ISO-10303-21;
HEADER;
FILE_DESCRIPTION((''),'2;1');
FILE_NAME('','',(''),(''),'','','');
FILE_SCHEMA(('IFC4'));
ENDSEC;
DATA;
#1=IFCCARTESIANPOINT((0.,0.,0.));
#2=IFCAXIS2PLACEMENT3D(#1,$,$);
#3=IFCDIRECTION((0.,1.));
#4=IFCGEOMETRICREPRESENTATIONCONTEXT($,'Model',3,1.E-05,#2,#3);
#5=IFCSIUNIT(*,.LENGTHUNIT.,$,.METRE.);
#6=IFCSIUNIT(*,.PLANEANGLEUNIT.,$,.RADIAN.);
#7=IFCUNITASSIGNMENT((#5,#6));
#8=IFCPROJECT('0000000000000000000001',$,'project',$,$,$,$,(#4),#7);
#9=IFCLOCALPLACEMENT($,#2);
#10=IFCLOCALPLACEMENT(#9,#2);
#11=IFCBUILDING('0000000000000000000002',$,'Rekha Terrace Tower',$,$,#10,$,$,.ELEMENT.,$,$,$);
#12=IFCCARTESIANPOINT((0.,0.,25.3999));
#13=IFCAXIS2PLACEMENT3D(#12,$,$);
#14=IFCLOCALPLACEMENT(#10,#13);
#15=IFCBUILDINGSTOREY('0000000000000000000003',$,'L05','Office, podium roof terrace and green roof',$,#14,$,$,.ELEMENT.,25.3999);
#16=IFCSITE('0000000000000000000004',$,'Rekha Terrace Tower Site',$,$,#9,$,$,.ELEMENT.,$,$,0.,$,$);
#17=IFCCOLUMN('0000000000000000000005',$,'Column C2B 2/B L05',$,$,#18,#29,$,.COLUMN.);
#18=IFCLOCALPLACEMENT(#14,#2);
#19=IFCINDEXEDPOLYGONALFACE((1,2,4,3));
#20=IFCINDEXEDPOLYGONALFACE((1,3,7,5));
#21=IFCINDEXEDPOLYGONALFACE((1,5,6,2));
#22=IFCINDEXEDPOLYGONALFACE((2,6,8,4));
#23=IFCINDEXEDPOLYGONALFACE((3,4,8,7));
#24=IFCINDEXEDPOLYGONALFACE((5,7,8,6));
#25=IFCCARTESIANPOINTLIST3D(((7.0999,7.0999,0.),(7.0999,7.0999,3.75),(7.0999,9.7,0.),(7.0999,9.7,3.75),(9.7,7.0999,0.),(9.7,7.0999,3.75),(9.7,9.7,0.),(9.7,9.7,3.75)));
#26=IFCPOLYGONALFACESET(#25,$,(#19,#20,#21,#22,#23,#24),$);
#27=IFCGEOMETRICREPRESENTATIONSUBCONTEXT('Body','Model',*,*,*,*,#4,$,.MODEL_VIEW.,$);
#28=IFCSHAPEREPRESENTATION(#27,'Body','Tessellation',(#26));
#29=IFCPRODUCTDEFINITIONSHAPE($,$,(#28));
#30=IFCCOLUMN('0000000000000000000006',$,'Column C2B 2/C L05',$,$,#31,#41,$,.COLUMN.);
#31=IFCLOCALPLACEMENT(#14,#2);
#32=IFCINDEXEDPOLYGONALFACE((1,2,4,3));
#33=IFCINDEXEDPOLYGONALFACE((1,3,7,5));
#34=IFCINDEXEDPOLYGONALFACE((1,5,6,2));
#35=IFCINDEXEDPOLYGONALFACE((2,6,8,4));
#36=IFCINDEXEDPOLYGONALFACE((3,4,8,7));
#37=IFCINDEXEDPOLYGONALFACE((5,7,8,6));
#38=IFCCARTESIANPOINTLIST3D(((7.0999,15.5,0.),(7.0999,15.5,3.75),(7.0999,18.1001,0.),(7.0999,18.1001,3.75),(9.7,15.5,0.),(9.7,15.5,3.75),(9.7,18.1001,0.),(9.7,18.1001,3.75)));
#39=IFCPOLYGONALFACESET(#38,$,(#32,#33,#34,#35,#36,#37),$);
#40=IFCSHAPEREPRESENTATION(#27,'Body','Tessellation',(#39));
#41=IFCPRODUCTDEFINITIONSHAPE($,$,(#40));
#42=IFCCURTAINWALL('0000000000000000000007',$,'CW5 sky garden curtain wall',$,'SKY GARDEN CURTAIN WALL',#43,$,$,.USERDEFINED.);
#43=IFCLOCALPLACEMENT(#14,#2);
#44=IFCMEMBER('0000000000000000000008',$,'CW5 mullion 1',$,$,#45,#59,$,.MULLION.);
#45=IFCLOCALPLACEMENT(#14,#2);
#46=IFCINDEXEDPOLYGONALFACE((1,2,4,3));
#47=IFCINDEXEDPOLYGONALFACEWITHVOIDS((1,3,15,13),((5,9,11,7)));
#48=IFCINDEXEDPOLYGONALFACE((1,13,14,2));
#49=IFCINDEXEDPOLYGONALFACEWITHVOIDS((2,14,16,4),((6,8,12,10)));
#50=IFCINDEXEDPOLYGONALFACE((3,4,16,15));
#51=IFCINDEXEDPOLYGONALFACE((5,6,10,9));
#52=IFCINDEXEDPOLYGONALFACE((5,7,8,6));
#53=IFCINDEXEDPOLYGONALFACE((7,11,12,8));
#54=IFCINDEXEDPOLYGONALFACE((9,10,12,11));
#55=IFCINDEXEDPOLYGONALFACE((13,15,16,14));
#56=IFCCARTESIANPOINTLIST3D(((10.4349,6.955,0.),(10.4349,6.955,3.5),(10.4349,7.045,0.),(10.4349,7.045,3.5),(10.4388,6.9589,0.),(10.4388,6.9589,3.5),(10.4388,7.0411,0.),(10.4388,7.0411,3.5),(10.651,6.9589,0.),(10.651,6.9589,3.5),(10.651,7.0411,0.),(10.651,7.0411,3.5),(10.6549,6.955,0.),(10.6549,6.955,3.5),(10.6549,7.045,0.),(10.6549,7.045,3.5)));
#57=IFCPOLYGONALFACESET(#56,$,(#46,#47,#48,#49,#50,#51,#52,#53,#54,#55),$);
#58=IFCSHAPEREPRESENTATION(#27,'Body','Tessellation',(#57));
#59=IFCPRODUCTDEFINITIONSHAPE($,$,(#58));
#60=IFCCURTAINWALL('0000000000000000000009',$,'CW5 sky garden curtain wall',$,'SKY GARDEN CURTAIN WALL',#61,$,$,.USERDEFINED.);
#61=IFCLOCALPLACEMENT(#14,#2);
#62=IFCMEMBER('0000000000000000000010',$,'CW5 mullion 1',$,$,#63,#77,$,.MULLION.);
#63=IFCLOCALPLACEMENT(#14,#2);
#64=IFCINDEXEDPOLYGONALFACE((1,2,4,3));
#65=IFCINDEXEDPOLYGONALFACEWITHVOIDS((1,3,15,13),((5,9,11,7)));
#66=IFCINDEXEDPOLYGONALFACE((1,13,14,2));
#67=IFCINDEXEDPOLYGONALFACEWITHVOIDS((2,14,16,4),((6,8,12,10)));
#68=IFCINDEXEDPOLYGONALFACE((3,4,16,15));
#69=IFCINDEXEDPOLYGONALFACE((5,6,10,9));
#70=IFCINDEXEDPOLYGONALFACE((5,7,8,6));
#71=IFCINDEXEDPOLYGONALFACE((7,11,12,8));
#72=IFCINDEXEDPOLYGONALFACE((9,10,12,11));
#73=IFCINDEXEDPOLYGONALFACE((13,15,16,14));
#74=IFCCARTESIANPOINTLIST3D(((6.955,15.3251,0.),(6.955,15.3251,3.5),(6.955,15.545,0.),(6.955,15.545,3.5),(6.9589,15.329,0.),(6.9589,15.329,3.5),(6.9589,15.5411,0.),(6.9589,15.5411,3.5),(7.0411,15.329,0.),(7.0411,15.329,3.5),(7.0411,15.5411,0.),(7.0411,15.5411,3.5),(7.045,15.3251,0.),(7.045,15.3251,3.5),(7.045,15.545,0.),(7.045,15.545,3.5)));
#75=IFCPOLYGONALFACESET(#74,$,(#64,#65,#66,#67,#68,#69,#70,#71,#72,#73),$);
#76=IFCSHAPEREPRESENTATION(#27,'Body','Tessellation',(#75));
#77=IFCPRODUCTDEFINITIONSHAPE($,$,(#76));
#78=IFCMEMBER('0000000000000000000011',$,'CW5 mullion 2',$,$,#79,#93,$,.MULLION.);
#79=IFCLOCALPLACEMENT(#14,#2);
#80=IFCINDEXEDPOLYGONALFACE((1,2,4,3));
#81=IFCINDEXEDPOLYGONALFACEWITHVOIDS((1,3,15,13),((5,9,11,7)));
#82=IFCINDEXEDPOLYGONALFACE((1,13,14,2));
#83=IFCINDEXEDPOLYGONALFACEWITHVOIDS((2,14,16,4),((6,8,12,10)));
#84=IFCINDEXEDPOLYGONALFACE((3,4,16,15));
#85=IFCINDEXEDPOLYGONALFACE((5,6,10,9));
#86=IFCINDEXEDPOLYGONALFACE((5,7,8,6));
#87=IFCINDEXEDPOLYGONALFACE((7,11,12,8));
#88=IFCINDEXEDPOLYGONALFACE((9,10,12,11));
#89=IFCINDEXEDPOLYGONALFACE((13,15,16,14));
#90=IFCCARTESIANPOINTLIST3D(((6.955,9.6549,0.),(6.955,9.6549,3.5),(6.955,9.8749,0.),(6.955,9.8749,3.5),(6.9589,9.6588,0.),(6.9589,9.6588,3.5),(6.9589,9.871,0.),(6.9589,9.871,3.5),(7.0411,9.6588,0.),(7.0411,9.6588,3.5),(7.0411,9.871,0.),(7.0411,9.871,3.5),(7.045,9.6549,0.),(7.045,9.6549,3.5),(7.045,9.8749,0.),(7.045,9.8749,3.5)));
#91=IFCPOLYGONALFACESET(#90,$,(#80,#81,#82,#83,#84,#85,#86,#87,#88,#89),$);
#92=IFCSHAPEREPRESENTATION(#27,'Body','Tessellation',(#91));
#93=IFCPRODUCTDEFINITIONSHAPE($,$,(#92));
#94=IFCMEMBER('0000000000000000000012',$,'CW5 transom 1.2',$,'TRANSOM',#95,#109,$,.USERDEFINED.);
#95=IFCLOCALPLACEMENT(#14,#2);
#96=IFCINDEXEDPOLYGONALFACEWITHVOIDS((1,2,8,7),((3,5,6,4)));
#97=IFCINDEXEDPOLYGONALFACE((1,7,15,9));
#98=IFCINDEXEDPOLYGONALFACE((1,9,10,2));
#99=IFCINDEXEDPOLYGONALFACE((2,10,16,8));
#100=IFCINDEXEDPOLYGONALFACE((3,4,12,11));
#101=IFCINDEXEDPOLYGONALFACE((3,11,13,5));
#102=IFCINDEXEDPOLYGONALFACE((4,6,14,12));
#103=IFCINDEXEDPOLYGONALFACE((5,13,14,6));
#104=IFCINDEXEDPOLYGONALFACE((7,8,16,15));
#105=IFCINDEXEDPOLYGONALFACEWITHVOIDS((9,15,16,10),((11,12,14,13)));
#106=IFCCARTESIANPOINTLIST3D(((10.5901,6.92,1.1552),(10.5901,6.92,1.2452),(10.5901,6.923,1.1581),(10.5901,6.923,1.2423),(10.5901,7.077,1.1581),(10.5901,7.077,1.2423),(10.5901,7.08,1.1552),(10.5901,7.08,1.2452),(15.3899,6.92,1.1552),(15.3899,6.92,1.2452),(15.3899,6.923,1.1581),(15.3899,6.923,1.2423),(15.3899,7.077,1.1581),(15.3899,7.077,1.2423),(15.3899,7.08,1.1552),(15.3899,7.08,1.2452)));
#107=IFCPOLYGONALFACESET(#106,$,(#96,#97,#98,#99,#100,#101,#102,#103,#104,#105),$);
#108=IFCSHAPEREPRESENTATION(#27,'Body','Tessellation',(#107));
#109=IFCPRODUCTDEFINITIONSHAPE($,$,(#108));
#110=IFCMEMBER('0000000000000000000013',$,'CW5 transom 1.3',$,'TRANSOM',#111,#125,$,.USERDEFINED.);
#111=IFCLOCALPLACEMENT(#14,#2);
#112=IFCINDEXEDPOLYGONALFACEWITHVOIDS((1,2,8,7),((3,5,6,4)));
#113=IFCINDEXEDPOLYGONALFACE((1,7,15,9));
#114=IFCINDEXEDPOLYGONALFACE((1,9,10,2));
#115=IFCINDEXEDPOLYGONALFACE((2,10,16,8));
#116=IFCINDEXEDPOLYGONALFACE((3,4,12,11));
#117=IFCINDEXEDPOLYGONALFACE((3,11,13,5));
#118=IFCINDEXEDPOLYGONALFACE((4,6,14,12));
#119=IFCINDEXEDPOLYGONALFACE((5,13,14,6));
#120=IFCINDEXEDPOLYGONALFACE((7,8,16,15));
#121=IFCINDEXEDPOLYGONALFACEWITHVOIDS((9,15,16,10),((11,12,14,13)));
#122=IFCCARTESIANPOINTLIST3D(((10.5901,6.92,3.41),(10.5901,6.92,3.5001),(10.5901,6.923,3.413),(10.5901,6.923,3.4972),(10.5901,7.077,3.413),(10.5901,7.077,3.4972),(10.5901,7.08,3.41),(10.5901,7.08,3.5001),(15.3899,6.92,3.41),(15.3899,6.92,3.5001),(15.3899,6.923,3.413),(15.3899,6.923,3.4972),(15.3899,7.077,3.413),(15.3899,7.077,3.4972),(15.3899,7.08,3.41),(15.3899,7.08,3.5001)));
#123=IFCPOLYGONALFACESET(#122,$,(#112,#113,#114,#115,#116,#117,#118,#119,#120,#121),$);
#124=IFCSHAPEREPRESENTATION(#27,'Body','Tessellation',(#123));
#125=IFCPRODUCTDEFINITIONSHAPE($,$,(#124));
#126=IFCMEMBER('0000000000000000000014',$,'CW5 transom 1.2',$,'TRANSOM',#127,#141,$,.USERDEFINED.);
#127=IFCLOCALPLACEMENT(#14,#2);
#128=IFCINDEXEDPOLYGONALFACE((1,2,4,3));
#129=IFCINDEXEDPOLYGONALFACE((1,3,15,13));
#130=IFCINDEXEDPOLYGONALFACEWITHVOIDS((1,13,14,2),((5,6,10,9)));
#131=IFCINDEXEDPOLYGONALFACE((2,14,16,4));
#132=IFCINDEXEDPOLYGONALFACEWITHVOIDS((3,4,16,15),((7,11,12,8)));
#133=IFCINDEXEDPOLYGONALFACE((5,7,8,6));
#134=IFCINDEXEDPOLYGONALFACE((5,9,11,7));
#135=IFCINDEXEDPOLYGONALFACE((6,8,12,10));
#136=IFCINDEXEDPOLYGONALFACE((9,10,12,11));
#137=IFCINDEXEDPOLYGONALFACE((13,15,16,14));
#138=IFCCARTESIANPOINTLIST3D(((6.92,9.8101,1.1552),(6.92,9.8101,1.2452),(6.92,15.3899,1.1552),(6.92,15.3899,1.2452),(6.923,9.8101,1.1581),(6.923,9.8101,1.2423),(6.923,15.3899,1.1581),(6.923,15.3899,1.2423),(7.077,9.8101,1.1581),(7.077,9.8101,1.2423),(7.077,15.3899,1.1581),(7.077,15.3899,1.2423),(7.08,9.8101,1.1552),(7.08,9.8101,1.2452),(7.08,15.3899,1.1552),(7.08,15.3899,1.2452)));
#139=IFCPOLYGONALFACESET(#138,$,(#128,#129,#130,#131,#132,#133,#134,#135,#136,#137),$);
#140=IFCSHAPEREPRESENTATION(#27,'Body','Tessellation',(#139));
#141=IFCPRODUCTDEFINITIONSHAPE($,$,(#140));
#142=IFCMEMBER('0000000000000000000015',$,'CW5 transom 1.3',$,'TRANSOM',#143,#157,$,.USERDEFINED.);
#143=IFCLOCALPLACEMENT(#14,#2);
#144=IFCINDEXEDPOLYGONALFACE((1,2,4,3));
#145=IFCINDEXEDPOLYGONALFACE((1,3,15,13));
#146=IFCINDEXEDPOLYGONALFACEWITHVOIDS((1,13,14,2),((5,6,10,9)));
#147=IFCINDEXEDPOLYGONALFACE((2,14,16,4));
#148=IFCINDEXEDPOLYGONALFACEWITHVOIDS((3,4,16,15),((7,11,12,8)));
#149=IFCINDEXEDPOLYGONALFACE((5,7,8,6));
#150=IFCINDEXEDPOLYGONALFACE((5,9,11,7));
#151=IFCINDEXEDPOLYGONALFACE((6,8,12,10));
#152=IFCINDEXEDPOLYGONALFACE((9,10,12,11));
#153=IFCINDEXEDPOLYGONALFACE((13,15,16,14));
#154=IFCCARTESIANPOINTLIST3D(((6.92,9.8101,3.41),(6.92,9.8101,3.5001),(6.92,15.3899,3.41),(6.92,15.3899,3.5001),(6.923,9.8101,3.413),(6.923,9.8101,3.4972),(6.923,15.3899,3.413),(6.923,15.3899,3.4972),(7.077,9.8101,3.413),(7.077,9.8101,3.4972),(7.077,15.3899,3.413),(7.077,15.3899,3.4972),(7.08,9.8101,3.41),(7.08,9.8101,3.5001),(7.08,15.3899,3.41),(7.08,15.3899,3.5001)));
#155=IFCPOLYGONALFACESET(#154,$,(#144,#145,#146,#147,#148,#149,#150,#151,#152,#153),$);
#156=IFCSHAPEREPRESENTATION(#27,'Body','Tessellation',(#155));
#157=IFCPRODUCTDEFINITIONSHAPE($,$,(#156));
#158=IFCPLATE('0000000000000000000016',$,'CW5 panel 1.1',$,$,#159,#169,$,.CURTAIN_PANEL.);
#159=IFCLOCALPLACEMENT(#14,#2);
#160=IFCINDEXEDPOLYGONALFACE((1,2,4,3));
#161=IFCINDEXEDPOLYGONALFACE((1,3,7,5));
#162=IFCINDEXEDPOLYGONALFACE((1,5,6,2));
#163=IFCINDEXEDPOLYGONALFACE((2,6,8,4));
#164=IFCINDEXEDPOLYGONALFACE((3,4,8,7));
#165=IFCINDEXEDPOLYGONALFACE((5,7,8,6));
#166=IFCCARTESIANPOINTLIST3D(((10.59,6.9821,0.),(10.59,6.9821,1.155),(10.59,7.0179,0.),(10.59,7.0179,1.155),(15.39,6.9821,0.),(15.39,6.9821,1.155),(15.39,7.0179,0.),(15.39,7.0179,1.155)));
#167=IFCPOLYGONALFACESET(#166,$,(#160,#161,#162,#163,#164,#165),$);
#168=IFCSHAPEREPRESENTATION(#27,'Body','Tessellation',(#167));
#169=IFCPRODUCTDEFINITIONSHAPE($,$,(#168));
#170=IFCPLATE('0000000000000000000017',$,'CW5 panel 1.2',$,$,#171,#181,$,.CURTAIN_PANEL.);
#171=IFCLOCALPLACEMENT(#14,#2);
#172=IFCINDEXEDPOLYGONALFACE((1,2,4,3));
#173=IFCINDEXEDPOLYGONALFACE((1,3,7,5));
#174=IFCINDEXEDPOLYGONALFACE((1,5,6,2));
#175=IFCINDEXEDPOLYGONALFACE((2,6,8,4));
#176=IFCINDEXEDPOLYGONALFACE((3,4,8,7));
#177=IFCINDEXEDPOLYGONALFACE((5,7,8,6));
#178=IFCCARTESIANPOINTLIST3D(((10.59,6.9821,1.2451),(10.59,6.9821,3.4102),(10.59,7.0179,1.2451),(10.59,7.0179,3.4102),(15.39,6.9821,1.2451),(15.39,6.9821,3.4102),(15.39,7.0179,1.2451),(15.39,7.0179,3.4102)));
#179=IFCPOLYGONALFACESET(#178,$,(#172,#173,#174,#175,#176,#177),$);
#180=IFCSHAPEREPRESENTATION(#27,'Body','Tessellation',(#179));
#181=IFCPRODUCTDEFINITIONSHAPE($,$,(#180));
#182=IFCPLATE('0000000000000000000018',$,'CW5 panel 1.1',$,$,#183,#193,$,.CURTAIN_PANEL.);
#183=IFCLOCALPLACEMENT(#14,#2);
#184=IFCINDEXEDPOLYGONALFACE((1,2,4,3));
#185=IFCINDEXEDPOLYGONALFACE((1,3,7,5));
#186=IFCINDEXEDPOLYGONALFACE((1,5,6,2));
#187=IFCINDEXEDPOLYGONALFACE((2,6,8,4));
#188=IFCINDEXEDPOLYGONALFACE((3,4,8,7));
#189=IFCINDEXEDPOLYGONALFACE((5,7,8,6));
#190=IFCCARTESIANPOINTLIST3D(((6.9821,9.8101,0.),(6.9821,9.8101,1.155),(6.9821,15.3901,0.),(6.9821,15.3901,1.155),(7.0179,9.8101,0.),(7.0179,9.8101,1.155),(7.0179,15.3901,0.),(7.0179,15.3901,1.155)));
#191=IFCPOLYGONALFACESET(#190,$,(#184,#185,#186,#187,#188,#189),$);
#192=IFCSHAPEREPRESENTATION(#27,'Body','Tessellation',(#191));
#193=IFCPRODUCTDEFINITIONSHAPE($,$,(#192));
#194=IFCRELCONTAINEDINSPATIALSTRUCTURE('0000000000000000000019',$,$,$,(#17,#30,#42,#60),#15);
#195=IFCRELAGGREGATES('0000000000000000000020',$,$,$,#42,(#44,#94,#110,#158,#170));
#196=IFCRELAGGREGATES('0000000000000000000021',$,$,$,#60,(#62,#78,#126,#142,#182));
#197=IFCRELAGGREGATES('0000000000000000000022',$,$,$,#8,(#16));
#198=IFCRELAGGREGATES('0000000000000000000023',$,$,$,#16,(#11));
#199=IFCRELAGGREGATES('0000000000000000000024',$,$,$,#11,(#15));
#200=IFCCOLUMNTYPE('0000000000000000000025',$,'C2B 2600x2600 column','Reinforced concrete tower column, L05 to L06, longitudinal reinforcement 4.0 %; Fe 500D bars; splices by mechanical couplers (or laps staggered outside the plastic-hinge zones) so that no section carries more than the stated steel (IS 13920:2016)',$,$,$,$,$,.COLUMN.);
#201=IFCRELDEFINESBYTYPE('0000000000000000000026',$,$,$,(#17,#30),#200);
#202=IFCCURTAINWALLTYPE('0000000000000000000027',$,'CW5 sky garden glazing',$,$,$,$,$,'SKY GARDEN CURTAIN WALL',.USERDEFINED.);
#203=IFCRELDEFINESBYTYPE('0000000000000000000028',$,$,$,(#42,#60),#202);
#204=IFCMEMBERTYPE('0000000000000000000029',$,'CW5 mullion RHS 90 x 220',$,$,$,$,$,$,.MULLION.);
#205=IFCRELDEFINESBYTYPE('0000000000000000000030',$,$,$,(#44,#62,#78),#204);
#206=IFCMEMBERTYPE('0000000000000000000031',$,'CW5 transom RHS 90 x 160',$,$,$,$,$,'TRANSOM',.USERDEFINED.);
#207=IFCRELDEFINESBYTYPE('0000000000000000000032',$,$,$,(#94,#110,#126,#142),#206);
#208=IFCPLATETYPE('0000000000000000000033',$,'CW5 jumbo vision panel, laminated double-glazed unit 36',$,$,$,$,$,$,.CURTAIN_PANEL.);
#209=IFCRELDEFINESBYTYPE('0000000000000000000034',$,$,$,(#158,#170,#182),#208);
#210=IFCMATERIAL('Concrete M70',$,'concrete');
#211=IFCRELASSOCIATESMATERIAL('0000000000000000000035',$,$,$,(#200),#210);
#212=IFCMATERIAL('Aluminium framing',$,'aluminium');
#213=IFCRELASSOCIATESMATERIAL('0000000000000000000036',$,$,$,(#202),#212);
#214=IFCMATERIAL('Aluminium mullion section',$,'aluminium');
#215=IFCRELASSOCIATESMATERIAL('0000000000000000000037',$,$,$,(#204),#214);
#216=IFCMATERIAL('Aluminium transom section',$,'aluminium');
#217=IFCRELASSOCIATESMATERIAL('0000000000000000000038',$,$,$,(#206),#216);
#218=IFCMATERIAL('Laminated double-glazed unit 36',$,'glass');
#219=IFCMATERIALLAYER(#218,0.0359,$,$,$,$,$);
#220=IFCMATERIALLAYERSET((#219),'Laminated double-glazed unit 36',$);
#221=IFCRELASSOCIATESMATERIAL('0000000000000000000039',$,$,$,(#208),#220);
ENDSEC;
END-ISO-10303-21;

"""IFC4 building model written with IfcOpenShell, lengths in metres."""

from ifc_helpers import new_model, si_unit, direction, frame, origin, origin_2d, place, context, subcontext, project, spatial, rectangle, hollow_rectangle, extrude, material, layer, layer_set, material_profile, profile_set, type_object, element, aggregate, save


model = new_model("IFC4")

# Units and contexts
model_context = context("Model", 3, precision=1e-05, world=origin(), true_north=direction((0.0, 1.0)))
body_context = subcontext(model_context, "Body", "Model", "MODEL_VIEW")
ifc_project = project(units=[si_unit("LENGTHUNIT", "METRE"), si_unit("PLANEANGLEUNIT", "RADIAN")], contexts=[model_context])

# Site, building, storey
site_placement = place(None, origin())
site = spatial("IfcSite", under=ifc_project, at=site_placement, Name="Rekha Terrace Tower Site", CompositionType="ELEMENT", RefElevation=0.0)
building_placement = place(site_placement, origin())
building = spatial("IfcBuilding", under=site, at=building_placement, Name="Rekha Terrace Tower", CompositionType="ELEMENT")
storey_placement = place(building_placement, frame((0.0, 0.0, 25.3999)))
storey = spatial("IfcBuildingStorey", under=building, at=storey_placement, Name="L05", Description="Office, podium roof terrace and green roof", CompositionType="ELEMENT", Elevation=25.3999)

# Columns
ifc_material_1 = material(Name="Concrete M70", Category="concrete")
ifc_material_profile_1 = material_profile(ifc_material_1, rectangle(XDim=2.6001, YDim=2.6001, at=origin_2d()), Name="RC 2600x2600")
ifc_profile_set_1 = profile_set([ifc_material_profile_1], Name="Concrete M70")
column_type = type_object("IfcColumnType", Name="C2B 2600x2600 column", Description="Reinforced concrete tower column, L05 to L06, longitudinal reinforcement 4.0 %; Fe 500D bars; splices by mechanical couplers (or laps staggered outside the plastic-hinge zones) so that no section carries more than the stated steel (IS 13920:2016)", PredefinedType="COLUMN", material=ifc_profile_set_1)
for number, where, z_axis, x_axis, name in (
    (1, (8.3999, 8.3999, 0.0), (0.0, 0.0, 1.0), (1.0, 0.0, 0.0), "Column C2B 2/B L05"),
    (2, (8.3999, 16.8, 0.0), (0.0, 0.0, 1.0), (1.0, 0.0, 0.0), "Column C2B 2/C L05"),
):
    element("IfcColumn", number, at=place(storey_placement, frame(where, z_axis=z_axis, x_axis=x_axis)), inside=storey, type_object=column_type, Name=name, PredefinedType="COLUMN", context=body_context, shape_type="SweptSolid", body=[
        extrude(rectangle(XDim=2.6001, YDim=2.6001, at=origin_2d()), origin(), (0.0, 0.0, 1.0), 3.75),
    ])

# Curtain wall, member
ifc_material_2 = material(Name="Aluminium framing", Category="aluminium")
curtain_wall_type = type_object("IfcCurtainWallType", Name="CW5 sky garden glazing", ElementType="SKY GARDEN CURTAIN WALL", PredefinedType="USERDEFINED", material=ifc_material_2)
curtain_wall_1_placement = place(storey_placement, origin())
curtain_wall_1 = element("IfcCurtainWall", 3, at=curtain_wall_1_placement, inside=storey, type_object=curtain_wall_type, Name="CW5 sky garden curtain wall", ObjectType="SKY GARDEN CURTAIN WALL", PredefinedType="USERDEFINED")
ifc_material_3 = material(Name="Aluminium mullion section", Category="aluminium")
ifc_material_profile_2 = material_profile(ifc_material_3, hollow_rectangle(XDim=0.0901, YDim=0.22, WallThickness=0.0039, at=origin_2d()), Name="AL RHS 90x220")
ifc_profile_set_2 = profile_set([ifc_material_profile_2], Name="Aluminium mullion section")
member_type_1 = type_object("IfcMemberType", Name="CW5 mullion RHS 90 x 220", PredefinedType="MULLION", material=ifc_profile_set_2)
member_1_placement = place(storey_placement, frame((10.5449, 7.0, 0.0), z_axis=(0.0, 0.0, 1.0), x_axis=(0.0, 1.0, 0.0)))
member_1 = element("IfcMember", 4, at=member_1_placement, type_object=member_type_1, Name="CW5 mullion 1", PredefinedType="MULLION", context=body_context, shape_type="SweptSolid", body=[
    extrude(hollow_rectangle(XDim=0.0901, YDim=0.22, WallThickness=0.0039, at=origin_2d()), origin(), (0.0, 0.0, 1.0), 3.5),
])

# Curtain wall, members
curtain_wall_2_placement = place(storey_placement, origin())
curtain_wall_2 = element("IfcCurtainWall", 5, at=curtain_wall_2_placement, inside=storey, type_object=curtain_wall_type, Name="CW5 sky garden curtain wall", ObjectType="SKY GARDEN CURTAIN WALL", PredefinedType="USERDEFINED")
member_2_placement = place(storey_placement, frame((7.0, 15.4351, 0.0), z_axis=(0.0, 0.0, 1.0), x_axis=(1.0, 0.0, 0.0)))
member_2 = element("IfcMember", 6, at=member_2_placement, type_object=member_type_1, Name="CW5 mullion 1", PredefinedType="MULLION", context=body_context, shape_type="SweptSolid", body=[
    extrude(hollow_rectangle(XDim=0.0901, YDim=0.22, WallThickness=0.0039, at=origin_2d()), origin(), (0.0, 0.0, 1.0), 3.5),
])
member_3_placement = place(storey_placement, frame((7.0, 9.7649, 0.0), z_axis=(0.0, 0.0, 1.0), x_axis=(1.0, 0.0, 0.0)))
member_3 = element("IfcMember", 7, at=member_3_placement, type_object=member_type_1, Name="CW5 mullion 2", PredefinedType="MULLION", context=body_context, shape_type="SweptSolid", body=[
    extrude(hollow_rectangle(XDim=0.0901, YDim=0.22, WallThickness=0.0039, at=origin_2d()), origin(), (0.0, 0.0, 1.0), 3.5),
])

# Members
ifc_material_4 = material(Name="Aluminium transom section", Category="aluminium")
ifc_material_profile_3 = material_profile(ifc_material_4, hollow_rectangle(XDim=0.1599, YDim=0.0901, WallThickness=0.0029, at=origin_2d()), Name="AL RHS 160x90")
ifc_profile_set_3 = profile_set([ifc_material_profile_3], Name="Aluminium transom section")
member_type_2 = type_object("IfcMemberType", Name="CW5 transom RHS 90 x 160", ElementType="TRANSOM", PredefinedType="USERDEFINED", material=ifc_profile_set_3)
member_4_placement = place(storey_placement, frame((10.5901, 7.0, 1.2002), z_axis=(1.0, 0.0, 0.0), x_axis=(0.0, 1.0, 0.0)))
member_4 = element("IfcMember", 8, at=member_4_placement, type_object=member_type_2, Name="CW5 transom 1.2", ObjectType="TRANSOM", PredefinedType="USERDEFINED", context=body_context, shape_type="SweptSolid", body=[
    extrude(hollow_rectangle(XDim=0.1599, YDim=0.0901, WallThickness=0.0029, at=origin_2d()), origin(), (0.0, 0.0, 1.0), 4.7998),
])
member_5_placement = place(storey_placement, frame((10.5901, 7.0, 3.4551), z_axis=(1.0, 0.0, 0.0), x_axis=(0.0, 1.0, 0.0)))
member_5 = element("IfcMember", 9, at=member_5_placement, type_object=member_type_2, Name="CW5 transom 1.3", ObjectType="TRANSOM", PredefinedType="USERDEFINED", context=body_context, shape_type="SweptSolid", body=[
    extrude(hollow_rectangle(XDim=0.1599, YDim=0.0901, WallThickness=0.0029, at=origin_2d()), origin(), (0.0, 0.0, 1.0), 4.7998),
])
member_6_placement = place(storey_placement, frame((7.0, 15.3899, 1.2002), z_axis=(0.0, -1.0, 0.0), x_axis=(1.0, 0.0, 0.0)))
member_6 = element("IfcMember", 10, at=member_6_placement, type_object=member_type_2, Name="CW5 transom 1.2", ObjectType="TRANSOM", PredefinedType="USERDEFINED", context=body_context, shape_type="SweptSolid", body=[
    extrude(hollow_rectangle(XDim=0.1599, YDim=0.0901, WallThickness=0.0029, at=origin_2d()), origin(), (0.0, 0.0, 1.0), 5.5798),
])
member_7_placement = place(storey_placement, frame((7.0, 15.3899, 3.4551), z_axis=(0.0, -1.0, 0.0), x_axis=(1.0, 0.0, 0.0)))
member_7 = element("IfcMember", 11, at=member_7_placement, type_object=member_type_2, Name="CW5 transom 1.3", ObjectType="TRANSOM", PredefinedType="USERDEFINED", context=body_context, shape_type="SweptSolid", body=[
    extrude(hollow_rectangle(XDim=0.1599, YDim=0.0901, WallThickness=0.0029, at=origin_2d()), origin(), (0.0, 0.0, 1.0), 5.5798),
])

# Plates
ifc_material_5 = material(Name="Laminated double-glazed unit 36", Category="glass")
ifc_layer_1 = layer(ifc_material_5, 0.0359)
ifc_layer_set_1 = layer_set([ifc_layer_1], Name="Laminated double-glazed unit 36")
plate_type = type_object("IfcPlateType", Name="CW5 jumbo vision panel, laminated double-glazed unit 36", PredefinedType="CURTAIN_PANEL", material=ifc_layer_set_1)
plate_1_placement = place(storey_placement, frame((12.99, 7.0, 0.0), z_axis=(0.0, 0.0, 1.0), x_axis=(1.0, 0.0, 0.0)))
plate_1 = element("IfcPlate", 12, at=plate_1_placement, type_object=plate_type, Name="CW5 panel 1.1", PredefinedType="CURTAIN_PANEL", context=body_context, shape_type="SweptSolid", body=[
    extrude(rectangle(XDim=4.8, YDim=0.0359, at=origin_2d()), origin(), (0.0, 0.0, 1.0), 1.155),
])
plate_2_placement = place(storey_placement, frame((12.99, 7.0, 1.2451), z_axis=(0.0, 0.0, 1.0), x_axis=(1.0, 0.0, 0.0)))
plate_2 = element("IfcPlate", 13, at=plate_2_placement, type_object=plate_type, Name="CW5 panel 1.2", PredefinedType="CURTAIN_PANEL", context=body_context, shape_type="SweptSolid", body=[
    extrude(rectangle(XDim=4.8, YDim=0.0359, at=origin_2d()), origin(), (0.0, 0.0, 1.0), 2.165),
])
aggregate(curtain_wall_1, [member_1, member_4, member_5, plate_1, plate_2])
plate_3_placement = place(storey_placement, frame((7.0, 12.6001, 0.0), z_axis=(0.0, 0.0, 1.0), x_axis=(0.0, -1.0, 0.0)))
plate_3 = element("IfcPlate", 14, at=plate_3_placement, type_object=plate_type, Name="CW5 panel 1.1", PredefinedType="CURTAIN_PANEL", context=body_context, shape_type="SweptSolid", body=[
    extrude(rectangle(XDim=5.5801, YDim=0.0359, at=origin_2d()), origin(), (0.0, 0.0, 1.0), 1.155),
])
aggregate(curtain_wall_2, [member_2, member_3, member_6, member_7, plate_3])

save(model, "model.ifc")
